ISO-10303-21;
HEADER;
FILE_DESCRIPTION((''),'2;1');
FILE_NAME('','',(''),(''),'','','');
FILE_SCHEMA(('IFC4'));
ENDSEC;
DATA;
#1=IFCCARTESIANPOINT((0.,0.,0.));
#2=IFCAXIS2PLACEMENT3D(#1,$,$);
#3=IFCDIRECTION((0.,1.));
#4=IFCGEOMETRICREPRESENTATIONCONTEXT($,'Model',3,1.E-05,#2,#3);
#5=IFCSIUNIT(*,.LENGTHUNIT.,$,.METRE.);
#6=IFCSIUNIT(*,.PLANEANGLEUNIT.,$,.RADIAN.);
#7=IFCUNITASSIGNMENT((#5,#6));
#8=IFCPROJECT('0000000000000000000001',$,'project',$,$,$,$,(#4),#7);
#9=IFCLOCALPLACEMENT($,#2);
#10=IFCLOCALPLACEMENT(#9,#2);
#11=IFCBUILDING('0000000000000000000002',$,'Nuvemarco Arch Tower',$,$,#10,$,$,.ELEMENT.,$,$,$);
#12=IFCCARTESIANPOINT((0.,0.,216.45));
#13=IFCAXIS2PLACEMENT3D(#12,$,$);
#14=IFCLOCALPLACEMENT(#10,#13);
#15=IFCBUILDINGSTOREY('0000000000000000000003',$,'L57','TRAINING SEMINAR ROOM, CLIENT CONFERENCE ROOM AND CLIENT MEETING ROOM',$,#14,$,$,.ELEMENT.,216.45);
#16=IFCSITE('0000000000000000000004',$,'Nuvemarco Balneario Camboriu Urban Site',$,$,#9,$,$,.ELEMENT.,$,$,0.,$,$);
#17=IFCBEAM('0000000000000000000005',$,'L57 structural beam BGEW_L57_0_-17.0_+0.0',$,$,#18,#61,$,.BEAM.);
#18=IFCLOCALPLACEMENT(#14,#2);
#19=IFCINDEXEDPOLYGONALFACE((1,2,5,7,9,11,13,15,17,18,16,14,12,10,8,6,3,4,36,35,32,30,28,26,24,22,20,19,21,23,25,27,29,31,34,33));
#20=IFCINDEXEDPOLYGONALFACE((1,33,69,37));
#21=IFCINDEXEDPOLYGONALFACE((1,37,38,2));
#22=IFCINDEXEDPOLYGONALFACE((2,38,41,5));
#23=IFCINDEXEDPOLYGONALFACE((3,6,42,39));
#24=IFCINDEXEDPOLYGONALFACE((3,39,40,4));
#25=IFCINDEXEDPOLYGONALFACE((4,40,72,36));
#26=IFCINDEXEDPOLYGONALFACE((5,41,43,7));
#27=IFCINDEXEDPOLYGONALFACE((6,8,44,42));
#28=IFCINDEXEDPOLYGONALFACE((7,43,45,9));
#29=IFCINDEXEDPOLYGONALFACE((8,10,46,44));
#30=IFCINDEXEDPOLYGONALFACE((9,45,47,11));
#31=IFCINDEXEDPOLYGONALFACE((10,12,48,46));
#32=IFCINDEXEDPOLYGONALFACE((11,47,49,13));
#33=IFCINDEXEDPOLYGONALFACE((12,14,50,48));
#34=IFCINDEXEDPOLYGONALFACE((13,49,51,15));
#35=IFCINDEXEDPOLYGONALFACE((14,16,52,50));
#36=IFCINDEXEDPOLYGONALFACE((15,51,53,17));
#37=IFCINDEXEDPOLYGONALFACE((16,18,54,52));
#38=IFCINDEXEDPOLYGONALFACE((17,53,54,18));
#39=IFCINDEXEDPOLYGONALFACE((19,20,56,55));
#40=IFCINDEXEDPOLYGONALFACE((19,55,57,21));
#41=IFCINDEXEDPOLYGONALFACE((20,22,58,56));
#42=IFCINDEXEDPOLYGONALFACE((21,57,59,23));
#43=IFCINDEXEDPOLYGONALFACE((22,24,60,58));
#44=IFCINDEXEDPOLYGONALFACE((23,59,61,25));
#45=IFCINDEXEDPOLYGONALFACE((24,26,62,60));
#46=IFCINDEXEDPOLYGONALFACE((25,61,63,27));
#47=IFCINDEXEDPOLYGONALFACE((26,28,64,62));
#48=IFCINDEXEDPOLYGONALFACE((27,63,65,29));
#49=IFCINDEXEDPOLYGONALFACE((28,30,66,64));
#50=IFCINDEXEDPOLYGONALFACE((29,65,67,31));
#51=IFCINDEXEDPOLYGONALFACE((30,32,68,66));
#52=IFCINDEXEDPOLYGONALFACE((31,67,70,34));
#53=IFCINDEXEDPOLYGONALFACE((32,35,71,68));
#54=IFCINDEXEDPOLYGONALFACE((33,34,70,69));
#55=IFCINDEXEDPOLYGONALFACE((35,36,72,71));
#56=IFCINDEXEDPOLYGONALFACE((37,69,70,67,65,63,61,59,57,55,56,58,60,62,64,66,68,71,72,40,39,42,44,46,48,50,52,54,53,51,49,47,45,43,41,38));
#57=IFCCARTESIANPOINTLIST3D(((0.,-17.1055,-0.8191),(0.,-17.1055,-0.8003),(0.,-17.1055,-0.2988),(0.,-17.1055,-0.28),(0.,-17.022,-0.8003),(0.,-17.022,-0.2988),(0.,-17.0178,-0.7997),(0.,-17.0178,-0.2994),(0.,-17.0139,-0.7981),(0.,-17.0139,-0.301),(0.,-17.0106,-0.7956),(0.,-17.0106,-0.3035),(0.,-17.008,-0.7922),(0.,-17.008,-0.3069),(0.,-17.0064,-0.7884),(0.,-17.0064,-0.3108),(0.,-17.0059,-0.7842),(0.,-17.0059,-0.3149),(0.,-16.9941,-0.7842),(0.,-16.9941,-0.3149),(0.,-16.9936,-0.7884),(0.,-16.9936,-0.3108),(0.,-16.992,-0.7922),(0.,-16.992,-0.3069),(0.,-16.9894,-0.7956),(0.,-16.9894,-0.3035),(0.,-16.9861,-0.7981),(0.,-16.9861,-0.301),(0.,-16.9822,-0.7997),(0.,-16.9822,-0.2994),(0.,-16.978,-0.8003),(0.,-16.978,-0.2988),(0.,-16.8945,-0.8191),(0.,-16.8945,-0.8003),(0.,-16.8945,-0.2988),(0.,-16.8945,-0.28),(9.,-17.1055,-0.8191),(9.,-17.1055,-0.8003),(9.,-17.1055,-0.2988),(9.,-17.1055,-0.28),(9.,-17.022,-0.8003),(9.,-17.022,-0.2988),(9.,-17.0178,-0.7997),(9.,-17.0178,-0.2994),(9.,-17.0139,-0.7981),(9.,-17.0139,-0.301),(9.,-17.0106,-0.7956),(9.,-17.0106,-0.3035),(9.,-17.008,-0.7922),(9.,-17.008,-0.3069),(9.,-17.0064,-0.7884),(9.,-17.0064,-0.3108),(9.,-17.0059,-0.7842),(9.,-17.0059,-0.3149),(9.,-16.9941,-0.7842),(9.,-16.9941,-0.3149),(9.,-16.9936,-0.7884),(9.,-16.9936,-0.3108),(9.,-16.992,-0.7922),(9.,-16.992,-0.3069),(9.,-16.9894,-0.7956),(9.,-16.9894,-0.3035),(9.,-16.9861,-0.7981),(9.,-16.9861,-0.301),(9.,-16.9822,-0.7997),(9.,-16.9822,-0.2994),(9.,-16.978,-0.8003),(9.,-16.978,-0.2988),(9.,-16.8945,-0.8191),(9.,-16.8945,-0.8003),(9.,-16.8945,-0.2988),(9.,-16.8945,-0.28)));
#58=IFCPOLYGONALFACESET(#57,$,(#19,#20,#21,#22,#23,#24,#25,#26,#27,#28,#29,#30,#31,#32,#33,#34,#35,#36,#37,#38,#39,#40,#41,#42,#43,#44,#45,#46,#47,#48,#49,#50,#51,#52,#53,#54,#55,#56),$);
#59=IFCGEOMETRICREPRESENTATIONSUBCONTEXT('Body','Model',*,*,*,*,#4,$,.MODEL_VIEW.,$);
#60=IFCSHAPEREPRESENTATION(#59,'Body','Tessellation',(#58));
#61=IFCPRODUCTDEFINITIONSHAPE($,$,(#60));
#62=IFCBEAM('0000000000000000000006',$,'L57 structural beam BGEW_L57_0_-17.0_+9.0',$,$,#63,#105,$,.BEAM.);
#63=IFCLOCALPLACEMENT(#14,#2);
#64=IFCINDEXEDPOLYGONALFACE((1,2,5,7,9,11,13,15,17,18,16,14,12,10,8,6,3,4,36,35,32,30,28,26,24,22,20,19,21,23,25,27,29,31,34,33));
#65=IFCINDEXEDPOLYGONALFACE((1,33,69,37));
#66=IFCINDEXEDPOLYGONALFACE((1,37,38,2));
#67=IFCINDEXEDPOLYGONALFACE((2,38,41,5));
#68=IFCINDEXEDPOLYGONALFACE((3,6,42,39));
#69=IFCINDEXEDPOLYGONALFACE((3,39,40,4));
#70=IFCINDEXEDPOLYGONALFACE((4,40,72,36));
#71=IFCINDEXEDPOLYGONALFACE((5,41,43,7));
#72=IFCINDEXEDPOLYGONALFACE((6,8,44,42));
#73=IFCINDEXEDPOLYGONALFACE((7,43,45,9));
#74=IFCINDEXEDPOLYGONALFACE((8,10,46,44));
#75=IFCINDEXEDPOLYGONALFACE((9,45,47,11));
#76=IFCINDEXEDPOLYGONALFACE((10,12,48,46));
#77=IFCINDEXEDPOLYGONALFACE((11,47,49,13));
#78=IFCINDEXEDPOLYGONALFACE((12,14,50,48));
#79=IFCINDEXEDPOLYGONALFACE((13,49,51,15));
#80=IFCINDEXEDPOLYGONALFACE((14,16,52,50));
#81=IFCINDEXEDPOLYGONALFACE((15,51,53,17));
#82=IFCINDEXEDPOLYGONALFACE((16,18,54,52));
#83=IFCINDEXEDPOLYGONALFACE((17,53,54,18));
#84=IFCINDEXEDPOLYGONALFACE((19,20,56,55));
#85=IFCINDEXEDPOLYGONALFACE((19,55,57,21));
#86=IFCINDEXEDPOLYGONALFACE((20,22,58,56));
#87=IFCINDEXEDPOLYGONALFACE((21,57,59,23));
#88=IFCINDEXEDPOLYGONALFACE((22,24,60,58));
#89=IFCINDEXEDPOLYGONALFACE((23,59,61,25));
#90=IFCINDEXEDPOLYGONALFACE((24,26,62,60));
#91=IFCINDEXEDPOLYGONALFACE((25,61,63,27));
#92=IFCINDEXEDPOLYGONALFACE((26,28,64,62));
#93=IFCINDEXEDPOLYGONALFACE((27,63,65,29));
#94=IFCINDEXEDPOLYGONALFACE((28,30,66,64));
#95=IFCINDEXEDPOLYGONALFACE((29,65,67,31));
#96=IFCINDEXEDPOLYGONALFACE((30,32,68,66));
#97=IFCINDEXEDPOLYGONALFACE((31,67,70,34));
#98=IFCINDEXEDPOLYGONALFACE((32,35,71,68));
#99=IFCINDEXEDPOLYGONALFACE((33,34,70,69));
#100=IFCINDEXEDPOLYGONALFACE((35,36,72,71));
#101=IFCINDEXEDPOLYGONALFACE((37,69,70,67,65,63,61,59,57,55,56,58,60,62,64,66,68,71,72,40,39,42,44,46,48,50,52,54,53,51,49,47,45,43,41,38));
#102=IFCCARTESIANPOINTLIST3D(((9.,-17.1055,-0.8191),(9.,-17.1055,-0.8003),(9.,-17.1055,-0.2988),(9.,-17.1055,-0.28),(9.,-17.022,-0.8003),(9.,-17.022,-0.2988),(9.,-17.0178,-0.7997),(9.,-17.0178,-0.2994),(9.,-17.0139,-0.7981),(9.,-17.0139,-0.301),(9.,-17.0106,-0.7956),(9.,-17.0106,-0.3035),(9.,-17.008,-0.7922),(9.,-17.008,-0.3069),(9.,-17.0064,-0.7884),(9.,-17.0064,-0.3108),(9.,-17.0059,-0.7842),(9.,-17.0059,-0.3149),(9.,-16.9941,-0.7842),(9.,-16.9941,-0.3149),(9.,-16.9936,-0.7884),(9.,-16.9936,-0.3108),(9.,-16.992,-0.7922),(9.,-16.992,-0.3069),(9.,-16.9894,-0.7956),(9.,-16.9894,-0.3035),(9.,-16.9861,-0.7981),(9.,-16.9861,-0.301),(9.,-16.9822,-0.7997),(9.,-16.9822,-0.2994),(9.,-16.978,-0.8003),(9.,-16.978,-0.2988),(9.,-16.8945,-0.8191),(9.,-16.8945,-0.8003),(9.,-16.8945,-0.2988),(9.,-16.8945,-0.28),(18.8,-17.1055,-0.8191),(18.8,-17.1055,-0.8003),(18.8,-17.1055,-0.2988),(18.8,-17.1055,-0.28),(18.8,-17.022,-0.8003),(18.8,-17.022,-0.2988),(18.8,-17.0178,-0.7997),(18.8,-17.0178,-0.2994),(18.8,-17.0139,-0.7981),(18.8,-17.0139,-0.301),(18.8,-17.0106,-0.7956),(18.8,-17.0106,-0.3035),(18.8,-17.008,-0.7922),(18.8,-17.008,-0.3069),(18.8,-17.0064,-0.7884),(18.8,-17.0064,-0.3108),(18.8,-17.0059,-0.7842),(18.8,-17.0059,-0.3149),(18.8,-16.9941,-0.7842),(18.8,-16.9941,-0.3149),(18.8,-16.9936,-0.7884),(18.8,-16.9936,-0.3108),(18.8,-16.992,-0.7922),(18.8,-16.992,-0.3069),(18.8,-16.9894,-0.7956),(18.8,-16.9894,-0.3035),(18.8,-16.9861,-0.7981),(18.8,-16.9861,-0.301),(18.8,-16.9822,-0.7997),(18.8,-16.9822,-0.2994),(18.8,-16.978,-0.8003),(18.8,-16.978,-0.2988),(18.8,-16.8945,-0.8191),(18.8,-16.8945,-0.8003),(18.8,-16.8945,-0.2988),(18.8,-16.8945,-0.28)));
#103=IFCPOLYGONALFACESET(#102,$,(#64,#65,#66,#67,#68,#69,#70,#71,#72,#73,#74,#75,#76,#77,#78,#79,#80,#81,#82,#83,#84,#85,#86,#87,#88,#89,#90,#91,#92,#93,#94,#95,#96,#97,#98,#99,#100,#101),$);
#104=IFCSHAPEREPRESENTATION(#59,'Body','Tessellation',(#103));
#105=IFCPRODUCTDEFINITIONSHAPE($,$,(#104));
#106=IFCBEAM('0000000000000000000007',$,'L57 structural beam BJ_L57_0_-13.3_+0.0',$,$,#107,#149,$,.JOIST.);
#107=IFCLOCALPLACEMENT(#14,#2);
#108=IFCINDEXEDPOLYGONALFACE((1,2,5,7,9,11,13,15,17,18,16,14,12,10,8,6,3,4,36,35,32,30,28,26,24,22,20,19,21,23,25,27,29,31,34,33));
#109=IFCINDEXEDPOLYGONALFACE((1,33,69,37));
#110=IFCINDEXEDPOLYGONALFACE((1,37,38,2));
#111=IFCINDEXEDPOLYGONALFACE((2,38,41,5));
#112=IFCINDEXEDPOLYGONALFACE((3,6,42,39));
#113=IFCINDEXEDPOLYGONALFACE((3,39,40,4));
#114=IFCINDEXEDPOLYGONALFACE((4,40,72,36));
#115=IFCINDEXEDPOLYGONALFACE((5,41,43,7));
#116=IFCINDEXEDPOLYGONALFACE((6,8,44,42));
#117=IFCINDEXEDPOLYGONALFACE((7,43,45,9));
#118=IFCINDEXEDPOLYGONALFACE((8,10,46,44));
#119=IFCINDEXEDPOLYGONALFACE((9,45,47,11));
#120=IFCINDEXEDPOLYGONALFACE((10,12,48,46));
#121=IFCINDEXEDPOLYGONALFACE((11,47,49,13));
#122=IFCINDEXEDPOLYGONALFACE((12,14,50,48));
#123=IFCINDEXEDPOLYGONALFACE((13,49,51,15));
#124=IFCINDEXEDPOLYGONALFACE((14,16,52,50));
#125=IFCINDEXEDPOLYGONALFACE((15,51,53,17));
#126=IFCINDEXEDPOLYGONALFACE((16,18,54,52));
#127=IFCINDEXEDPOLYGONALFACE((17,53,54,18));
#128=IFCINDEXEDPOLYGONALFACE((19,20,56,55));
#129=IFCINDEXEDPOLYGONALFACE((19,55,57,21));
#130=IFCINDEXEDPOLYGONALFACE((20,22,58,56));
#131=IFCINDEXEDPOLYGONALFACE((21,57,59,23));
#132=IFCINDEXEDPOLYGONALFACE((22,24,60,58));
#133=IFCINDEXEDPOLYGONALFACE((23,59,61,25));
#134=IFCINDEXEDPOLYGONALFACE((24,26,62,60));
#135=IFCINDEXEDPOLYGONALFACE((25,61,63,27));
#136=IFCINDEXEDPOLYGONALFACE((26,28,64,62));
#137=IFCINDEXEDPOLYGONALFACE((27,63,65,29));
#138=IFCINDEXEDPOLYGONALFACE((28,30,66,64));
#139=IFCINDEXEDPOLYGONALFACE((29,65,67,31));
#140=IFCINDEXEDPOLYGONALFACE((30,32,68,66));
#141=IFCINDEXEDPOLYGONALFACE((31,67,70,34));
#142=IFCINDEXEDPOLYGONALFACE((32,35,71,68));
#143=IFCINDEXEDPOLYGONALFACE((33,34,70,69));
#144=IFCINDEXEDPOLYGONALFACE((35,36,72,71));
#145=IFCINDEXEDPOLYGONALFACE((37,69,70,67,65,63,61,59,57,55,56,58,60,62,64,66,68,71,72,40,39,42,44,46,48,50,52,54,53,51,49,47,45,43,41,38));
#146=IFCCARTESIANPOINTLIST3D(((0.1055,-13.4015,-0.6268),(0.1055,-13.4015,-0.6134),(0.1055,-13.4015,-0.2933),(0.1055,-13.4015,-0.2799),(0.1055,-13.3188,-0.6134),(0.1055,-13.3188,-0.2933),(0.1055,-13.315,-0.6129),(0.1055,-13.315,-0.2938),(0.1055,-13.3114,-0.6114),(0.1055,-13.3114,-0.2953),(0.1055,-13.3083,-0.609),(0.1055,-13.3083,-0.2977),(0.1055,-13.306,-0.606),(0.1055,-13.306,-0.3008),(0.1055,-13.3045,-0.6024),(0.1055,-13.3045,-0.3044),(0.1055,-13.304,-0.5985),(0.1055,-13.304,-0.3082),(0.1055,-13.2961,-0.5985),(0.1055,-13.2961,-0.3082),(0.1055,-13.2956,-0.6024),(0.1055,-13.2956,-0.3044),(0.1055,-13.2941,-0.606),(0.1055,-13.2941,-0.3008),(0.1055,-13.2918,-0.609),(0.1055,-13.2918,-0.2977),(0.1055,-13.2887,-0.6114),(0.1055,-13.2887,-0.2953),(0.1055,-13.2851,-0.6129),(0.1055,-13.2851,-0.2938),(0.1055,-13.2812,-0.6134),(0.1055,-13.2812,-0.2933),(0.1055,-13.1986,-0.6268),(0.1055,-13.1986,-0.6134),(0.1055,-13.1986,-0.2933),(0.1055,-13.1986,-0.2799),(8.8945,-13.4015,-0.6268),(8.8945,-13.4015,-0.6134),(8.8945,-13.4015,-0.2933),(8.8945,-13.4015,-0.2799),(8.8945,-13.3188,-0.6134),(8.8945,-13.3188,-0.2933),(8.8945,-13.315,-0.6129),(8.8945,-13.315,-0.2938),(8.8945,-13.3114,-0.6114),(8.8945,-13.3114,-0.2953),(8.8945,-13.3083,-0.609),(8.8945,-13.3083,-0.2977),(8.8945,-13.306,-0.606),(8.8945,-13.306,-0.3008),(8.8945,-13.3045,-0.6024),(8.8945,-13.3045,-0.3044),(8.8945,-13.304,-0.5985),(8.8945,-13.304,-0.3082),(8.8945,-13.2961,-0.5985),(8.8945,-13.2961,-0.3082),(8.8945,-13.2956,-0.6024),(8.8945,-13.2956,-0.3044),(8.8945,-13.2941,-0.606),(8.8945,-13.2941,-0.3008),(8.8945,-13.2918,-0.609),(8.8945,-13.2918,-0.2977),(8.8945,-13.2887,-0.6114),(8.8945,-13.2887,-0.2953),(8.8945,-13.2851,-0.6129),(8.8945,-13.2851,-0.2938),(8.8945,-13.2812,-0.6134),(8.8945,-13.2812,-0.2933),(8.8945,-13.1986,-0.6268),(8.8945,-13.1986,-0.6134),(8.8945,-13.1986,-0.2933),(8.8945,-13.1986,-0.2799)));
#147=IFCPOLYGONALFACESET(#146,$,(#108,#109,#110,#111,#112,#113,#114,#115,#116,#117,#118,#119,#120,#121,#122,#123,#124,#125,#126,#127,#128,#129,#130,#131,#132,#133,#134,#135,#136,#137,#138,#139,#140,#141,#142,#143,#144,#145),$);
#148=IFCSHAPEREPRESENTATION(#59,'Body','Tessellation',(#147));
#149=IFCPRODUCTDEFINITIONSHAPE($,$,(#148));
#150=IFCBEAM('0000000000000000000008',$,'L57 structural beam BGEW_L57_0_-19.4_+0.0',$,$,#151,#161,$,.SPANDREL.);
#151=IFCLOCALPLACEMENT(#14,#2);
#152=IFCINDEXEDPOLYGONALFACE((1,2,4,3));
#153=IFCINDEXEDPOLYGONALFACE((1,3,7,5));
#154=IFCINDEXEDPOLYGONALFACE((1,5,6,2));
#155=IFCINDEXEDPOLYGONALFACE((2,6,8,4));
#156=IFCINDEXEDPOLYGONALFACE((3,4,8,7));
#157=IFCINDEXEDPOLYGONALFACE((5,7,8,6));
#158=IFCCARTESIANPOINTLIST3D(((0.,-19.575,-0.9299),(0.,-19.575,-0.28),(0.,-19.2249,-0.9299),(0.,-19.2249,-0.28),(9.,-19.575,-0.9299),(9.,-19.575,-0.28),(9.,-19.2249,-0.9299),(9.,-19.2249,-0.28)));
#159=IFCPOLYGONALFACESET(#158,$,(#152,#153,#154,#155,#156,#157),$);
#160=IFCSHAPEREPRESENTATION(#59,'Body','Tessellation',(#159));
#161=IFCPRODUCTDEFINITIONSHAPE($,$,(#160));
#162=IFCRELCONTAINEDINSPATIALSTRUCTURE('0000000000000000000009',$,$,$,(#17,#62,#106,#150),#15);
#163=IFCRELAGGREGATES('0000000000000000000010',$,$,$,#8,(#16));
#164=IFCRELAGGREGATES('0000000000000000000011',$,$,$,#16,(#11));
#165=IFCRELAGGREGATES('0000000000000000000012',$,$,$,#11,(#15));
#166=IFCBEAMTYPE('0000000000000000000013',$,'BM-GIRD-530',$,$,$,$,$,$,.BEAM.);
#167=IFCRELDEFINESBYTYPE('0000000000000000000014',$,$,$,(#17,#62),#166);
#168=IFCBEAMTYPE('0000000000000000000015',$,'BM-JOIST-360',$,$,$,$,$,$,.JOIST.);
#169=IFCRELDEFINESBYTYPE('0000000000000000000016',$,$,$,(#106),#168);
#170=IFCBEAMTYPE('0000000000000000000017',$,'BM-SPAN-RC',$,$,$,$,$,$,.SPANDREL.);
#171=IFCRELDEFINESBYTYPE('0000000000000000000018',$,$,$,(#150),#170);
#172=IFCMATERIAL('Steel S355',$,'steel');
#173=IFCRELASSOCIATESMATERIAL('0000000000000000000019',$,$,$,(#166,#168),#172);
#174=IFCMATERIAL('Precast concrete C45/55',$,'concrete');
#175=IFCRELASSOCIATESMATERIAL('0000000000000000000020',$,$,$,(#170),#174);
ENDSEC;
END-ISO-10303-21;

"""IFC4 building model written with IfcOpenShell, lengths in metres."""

from ifc_helpers import new_model, si_unit, direction, frame, origin, origin_2d, place, context, subcontext, project, spatial, rectangle, i_section, extrude, material, material_profile, profile_set, type_object, element, save


model = new_model("IFC4")

# Units and contexts
model_context = context("Model", 3, precision=1e-05, world=origin(), true_north=direction((0.0, 1.0)))
body_context = subcontext(model_context, "Body", "Model", "MODEL_VIEW")
ifc_project = project(units=[si_unit("LENGTHUNIT", "METRE"), si_unit("PLANEANGLEUNIT", "RADIAN")], contexts=[model_context])

# Site, building, storey
site_placement = place(None, origin())
site = spatial("IfcSite", under=ifc_project, at=site_placement, Name="Nuvemarco Balneario Camboriu Urban Site", CompositionType="ELEMENT", RefElevation=0.0)
building_placement = place(site_placement, origin())
building = spatial("IfcBuilding", under=site, at=building_placement, Name="Nuvemarco Arch Tower", CompositionType="ELEMENT")
storey_placement = place(building_placement, frame((0.0, 0.0, 216.45)))
storey = spatial("IfcBuildingStorey", under=building, at=storey_placement, Name="L57", Description="TRAINING SEMINAR ROOM, CLIENT CONFERENCE ROOM AND CLIENT MEETING ROOM", CompositionType="ELEMENT", Elevation=216.45)

# Shared definitions
ifc_material_1 = material(Name="Steel S355", Category="steel")

# Beams
ifc_material_profile_1 = material_profile(ifc_material_1, i_section(OverallWidth=0.2109, OverallDepth=0.5391, WebThickness=0.0117, FlangeThickness=0.0188, FilletRadius=0.0161, at=origin_2d()), Name="W530x109")
ifc_profile_set_1 = profile_set([ifc_material_profile_1], Name="Steel S355")
beam_type_1 = type_object("IfcBeamType", Name="BM-GIRD-530", PredefinedType="BEAM", material=ifc_profile_set_1)
beam_1_placement = place(storey_placement, frame((0.0, -17.0, -0.5496), z_axis=(1.0, 0.0, 0.0), x_axis=(0.0, 1.0, 0.0)))
element("IfcBeam", 1, at=beam_1_placement, inside=storey, type_object=beam_type_1, Name="L57 structural beam BGEW_L57_0_-17.0_+0.0", PredefinedType="BEAM", context=body_context, shape_type="SweptSolid", body=[
    extrude(i_section(OverallWidth=0.2109, OverallDepth=0.5391, WebThickness=0.0117, FlangeThickness=0.0188, FilletRadius=0.0161, at=origin_2d()), origin(), (0.0, 0.0, 1.0), 9.0),
])
beam_2_placement = place(storey_placement, frame((9.0, -17.0, -0.5496), z_axis=(1.0, 0.0, 0.0), x_axis=(0.0, 1.0, 0.0)))
element("IfcBeam", 2, at=beam_2_placement, inside=storey, type_object=beam_type_1, Name="L57 structural beam BGEW_L57_0_-17.0_+9.0", PredefinedType="BEAM", context=body_context, shape_type="SweptSolid", body=[
    extrude(i_section(OverallWidth=0.2109, OverallDepth=0.5391, WebThickness=0.0117, FlangeThickness=0.0188, FilletRadius=0.0161, at=origin_2d()), origin(), (0.0, 0.0, 1.0), 9.8),
])
ifc_material_profile_2 = material_profile(ifc_material_1, i_section(OverallWidth=0.2029, OverallDepth=0.3469, WebThickness=0.0078, FlangeThickness=0.0134, FilletRadius=0.0149, at=origin_2d()), Name="W360x64")
ifc_profile_set_2 = profile_set([ifc_material_profile_2], Name="Steel S355")
beam_type_2 = type_object("IfcBeamType", Name="BM-JOIST-360", PredefinedType="JOIST", material=ifc_profile_set_2)
beam_3_placement = place(storey_placement, frame((0.1055, -13.3, -0.4534), z_axis=(1.0, 0.0, 0.0), x_axis=(0.0, 1.0, 0.0)))
element("IfcBeam", 3, at=beam_3_placement, inside=storey, type_object=beam_type_2, Name="L57 structural beam BJ_L57_0_-13.3_+0.0", PredefinedType="JOIST", context=body_context, shape_type="SweptSolid", body=[
    extrude(i_section(OverallWidth=0.2029, OverallDepth=0.3469, WebThickness=0.0078, FlangeThickness=0.0134, FilletRadius=0.0149, at=origin_2d()), origin(), (0.0, 0.0, 1.0), 8.7891),
])
ifc_material_2 = material(Name="Precast concrete C45/55", Category="concrete")
ifc_material_profile_3 = material_profile(ifc_material_2, rectangle(XDim=0.3501, YDim=0.6499, at=origin_2d()), Name="PC-SP-350x650")
ifc_profile_set_3 = profile_set([ifc_material_profile_3], Name="Precast concrete C45/55")
beam_type_3 = type_object("IfcBeamType", Name="BM-SPAN-RC", PredefinedType="SPANDREL", material=ifc_profile_set_3)
beam_4_placement = place(storey_placement, frame((0.0, -19.3999, -0.605), z_axis=(1.0, 0.0, 0.0), x_axis=(0.0, 1.0, 0.0)))
element("IfcBeam", 4, at=beam_4_placement, inside=storey, type_object=beam_type_3, Name="L57 structural beam BGEW_L57_0_-19.4_+0.0", PredefinedType="SPANDREL", context=body_context, shape_type="SweptSolid", body=[
    extrude(rectangle(XDim=0.3501, YDim=0.6499, at=origin_2d()), origin(), (0.0, 0.0, 1.0), 9.0),
])

save(model, "model.ifc")
